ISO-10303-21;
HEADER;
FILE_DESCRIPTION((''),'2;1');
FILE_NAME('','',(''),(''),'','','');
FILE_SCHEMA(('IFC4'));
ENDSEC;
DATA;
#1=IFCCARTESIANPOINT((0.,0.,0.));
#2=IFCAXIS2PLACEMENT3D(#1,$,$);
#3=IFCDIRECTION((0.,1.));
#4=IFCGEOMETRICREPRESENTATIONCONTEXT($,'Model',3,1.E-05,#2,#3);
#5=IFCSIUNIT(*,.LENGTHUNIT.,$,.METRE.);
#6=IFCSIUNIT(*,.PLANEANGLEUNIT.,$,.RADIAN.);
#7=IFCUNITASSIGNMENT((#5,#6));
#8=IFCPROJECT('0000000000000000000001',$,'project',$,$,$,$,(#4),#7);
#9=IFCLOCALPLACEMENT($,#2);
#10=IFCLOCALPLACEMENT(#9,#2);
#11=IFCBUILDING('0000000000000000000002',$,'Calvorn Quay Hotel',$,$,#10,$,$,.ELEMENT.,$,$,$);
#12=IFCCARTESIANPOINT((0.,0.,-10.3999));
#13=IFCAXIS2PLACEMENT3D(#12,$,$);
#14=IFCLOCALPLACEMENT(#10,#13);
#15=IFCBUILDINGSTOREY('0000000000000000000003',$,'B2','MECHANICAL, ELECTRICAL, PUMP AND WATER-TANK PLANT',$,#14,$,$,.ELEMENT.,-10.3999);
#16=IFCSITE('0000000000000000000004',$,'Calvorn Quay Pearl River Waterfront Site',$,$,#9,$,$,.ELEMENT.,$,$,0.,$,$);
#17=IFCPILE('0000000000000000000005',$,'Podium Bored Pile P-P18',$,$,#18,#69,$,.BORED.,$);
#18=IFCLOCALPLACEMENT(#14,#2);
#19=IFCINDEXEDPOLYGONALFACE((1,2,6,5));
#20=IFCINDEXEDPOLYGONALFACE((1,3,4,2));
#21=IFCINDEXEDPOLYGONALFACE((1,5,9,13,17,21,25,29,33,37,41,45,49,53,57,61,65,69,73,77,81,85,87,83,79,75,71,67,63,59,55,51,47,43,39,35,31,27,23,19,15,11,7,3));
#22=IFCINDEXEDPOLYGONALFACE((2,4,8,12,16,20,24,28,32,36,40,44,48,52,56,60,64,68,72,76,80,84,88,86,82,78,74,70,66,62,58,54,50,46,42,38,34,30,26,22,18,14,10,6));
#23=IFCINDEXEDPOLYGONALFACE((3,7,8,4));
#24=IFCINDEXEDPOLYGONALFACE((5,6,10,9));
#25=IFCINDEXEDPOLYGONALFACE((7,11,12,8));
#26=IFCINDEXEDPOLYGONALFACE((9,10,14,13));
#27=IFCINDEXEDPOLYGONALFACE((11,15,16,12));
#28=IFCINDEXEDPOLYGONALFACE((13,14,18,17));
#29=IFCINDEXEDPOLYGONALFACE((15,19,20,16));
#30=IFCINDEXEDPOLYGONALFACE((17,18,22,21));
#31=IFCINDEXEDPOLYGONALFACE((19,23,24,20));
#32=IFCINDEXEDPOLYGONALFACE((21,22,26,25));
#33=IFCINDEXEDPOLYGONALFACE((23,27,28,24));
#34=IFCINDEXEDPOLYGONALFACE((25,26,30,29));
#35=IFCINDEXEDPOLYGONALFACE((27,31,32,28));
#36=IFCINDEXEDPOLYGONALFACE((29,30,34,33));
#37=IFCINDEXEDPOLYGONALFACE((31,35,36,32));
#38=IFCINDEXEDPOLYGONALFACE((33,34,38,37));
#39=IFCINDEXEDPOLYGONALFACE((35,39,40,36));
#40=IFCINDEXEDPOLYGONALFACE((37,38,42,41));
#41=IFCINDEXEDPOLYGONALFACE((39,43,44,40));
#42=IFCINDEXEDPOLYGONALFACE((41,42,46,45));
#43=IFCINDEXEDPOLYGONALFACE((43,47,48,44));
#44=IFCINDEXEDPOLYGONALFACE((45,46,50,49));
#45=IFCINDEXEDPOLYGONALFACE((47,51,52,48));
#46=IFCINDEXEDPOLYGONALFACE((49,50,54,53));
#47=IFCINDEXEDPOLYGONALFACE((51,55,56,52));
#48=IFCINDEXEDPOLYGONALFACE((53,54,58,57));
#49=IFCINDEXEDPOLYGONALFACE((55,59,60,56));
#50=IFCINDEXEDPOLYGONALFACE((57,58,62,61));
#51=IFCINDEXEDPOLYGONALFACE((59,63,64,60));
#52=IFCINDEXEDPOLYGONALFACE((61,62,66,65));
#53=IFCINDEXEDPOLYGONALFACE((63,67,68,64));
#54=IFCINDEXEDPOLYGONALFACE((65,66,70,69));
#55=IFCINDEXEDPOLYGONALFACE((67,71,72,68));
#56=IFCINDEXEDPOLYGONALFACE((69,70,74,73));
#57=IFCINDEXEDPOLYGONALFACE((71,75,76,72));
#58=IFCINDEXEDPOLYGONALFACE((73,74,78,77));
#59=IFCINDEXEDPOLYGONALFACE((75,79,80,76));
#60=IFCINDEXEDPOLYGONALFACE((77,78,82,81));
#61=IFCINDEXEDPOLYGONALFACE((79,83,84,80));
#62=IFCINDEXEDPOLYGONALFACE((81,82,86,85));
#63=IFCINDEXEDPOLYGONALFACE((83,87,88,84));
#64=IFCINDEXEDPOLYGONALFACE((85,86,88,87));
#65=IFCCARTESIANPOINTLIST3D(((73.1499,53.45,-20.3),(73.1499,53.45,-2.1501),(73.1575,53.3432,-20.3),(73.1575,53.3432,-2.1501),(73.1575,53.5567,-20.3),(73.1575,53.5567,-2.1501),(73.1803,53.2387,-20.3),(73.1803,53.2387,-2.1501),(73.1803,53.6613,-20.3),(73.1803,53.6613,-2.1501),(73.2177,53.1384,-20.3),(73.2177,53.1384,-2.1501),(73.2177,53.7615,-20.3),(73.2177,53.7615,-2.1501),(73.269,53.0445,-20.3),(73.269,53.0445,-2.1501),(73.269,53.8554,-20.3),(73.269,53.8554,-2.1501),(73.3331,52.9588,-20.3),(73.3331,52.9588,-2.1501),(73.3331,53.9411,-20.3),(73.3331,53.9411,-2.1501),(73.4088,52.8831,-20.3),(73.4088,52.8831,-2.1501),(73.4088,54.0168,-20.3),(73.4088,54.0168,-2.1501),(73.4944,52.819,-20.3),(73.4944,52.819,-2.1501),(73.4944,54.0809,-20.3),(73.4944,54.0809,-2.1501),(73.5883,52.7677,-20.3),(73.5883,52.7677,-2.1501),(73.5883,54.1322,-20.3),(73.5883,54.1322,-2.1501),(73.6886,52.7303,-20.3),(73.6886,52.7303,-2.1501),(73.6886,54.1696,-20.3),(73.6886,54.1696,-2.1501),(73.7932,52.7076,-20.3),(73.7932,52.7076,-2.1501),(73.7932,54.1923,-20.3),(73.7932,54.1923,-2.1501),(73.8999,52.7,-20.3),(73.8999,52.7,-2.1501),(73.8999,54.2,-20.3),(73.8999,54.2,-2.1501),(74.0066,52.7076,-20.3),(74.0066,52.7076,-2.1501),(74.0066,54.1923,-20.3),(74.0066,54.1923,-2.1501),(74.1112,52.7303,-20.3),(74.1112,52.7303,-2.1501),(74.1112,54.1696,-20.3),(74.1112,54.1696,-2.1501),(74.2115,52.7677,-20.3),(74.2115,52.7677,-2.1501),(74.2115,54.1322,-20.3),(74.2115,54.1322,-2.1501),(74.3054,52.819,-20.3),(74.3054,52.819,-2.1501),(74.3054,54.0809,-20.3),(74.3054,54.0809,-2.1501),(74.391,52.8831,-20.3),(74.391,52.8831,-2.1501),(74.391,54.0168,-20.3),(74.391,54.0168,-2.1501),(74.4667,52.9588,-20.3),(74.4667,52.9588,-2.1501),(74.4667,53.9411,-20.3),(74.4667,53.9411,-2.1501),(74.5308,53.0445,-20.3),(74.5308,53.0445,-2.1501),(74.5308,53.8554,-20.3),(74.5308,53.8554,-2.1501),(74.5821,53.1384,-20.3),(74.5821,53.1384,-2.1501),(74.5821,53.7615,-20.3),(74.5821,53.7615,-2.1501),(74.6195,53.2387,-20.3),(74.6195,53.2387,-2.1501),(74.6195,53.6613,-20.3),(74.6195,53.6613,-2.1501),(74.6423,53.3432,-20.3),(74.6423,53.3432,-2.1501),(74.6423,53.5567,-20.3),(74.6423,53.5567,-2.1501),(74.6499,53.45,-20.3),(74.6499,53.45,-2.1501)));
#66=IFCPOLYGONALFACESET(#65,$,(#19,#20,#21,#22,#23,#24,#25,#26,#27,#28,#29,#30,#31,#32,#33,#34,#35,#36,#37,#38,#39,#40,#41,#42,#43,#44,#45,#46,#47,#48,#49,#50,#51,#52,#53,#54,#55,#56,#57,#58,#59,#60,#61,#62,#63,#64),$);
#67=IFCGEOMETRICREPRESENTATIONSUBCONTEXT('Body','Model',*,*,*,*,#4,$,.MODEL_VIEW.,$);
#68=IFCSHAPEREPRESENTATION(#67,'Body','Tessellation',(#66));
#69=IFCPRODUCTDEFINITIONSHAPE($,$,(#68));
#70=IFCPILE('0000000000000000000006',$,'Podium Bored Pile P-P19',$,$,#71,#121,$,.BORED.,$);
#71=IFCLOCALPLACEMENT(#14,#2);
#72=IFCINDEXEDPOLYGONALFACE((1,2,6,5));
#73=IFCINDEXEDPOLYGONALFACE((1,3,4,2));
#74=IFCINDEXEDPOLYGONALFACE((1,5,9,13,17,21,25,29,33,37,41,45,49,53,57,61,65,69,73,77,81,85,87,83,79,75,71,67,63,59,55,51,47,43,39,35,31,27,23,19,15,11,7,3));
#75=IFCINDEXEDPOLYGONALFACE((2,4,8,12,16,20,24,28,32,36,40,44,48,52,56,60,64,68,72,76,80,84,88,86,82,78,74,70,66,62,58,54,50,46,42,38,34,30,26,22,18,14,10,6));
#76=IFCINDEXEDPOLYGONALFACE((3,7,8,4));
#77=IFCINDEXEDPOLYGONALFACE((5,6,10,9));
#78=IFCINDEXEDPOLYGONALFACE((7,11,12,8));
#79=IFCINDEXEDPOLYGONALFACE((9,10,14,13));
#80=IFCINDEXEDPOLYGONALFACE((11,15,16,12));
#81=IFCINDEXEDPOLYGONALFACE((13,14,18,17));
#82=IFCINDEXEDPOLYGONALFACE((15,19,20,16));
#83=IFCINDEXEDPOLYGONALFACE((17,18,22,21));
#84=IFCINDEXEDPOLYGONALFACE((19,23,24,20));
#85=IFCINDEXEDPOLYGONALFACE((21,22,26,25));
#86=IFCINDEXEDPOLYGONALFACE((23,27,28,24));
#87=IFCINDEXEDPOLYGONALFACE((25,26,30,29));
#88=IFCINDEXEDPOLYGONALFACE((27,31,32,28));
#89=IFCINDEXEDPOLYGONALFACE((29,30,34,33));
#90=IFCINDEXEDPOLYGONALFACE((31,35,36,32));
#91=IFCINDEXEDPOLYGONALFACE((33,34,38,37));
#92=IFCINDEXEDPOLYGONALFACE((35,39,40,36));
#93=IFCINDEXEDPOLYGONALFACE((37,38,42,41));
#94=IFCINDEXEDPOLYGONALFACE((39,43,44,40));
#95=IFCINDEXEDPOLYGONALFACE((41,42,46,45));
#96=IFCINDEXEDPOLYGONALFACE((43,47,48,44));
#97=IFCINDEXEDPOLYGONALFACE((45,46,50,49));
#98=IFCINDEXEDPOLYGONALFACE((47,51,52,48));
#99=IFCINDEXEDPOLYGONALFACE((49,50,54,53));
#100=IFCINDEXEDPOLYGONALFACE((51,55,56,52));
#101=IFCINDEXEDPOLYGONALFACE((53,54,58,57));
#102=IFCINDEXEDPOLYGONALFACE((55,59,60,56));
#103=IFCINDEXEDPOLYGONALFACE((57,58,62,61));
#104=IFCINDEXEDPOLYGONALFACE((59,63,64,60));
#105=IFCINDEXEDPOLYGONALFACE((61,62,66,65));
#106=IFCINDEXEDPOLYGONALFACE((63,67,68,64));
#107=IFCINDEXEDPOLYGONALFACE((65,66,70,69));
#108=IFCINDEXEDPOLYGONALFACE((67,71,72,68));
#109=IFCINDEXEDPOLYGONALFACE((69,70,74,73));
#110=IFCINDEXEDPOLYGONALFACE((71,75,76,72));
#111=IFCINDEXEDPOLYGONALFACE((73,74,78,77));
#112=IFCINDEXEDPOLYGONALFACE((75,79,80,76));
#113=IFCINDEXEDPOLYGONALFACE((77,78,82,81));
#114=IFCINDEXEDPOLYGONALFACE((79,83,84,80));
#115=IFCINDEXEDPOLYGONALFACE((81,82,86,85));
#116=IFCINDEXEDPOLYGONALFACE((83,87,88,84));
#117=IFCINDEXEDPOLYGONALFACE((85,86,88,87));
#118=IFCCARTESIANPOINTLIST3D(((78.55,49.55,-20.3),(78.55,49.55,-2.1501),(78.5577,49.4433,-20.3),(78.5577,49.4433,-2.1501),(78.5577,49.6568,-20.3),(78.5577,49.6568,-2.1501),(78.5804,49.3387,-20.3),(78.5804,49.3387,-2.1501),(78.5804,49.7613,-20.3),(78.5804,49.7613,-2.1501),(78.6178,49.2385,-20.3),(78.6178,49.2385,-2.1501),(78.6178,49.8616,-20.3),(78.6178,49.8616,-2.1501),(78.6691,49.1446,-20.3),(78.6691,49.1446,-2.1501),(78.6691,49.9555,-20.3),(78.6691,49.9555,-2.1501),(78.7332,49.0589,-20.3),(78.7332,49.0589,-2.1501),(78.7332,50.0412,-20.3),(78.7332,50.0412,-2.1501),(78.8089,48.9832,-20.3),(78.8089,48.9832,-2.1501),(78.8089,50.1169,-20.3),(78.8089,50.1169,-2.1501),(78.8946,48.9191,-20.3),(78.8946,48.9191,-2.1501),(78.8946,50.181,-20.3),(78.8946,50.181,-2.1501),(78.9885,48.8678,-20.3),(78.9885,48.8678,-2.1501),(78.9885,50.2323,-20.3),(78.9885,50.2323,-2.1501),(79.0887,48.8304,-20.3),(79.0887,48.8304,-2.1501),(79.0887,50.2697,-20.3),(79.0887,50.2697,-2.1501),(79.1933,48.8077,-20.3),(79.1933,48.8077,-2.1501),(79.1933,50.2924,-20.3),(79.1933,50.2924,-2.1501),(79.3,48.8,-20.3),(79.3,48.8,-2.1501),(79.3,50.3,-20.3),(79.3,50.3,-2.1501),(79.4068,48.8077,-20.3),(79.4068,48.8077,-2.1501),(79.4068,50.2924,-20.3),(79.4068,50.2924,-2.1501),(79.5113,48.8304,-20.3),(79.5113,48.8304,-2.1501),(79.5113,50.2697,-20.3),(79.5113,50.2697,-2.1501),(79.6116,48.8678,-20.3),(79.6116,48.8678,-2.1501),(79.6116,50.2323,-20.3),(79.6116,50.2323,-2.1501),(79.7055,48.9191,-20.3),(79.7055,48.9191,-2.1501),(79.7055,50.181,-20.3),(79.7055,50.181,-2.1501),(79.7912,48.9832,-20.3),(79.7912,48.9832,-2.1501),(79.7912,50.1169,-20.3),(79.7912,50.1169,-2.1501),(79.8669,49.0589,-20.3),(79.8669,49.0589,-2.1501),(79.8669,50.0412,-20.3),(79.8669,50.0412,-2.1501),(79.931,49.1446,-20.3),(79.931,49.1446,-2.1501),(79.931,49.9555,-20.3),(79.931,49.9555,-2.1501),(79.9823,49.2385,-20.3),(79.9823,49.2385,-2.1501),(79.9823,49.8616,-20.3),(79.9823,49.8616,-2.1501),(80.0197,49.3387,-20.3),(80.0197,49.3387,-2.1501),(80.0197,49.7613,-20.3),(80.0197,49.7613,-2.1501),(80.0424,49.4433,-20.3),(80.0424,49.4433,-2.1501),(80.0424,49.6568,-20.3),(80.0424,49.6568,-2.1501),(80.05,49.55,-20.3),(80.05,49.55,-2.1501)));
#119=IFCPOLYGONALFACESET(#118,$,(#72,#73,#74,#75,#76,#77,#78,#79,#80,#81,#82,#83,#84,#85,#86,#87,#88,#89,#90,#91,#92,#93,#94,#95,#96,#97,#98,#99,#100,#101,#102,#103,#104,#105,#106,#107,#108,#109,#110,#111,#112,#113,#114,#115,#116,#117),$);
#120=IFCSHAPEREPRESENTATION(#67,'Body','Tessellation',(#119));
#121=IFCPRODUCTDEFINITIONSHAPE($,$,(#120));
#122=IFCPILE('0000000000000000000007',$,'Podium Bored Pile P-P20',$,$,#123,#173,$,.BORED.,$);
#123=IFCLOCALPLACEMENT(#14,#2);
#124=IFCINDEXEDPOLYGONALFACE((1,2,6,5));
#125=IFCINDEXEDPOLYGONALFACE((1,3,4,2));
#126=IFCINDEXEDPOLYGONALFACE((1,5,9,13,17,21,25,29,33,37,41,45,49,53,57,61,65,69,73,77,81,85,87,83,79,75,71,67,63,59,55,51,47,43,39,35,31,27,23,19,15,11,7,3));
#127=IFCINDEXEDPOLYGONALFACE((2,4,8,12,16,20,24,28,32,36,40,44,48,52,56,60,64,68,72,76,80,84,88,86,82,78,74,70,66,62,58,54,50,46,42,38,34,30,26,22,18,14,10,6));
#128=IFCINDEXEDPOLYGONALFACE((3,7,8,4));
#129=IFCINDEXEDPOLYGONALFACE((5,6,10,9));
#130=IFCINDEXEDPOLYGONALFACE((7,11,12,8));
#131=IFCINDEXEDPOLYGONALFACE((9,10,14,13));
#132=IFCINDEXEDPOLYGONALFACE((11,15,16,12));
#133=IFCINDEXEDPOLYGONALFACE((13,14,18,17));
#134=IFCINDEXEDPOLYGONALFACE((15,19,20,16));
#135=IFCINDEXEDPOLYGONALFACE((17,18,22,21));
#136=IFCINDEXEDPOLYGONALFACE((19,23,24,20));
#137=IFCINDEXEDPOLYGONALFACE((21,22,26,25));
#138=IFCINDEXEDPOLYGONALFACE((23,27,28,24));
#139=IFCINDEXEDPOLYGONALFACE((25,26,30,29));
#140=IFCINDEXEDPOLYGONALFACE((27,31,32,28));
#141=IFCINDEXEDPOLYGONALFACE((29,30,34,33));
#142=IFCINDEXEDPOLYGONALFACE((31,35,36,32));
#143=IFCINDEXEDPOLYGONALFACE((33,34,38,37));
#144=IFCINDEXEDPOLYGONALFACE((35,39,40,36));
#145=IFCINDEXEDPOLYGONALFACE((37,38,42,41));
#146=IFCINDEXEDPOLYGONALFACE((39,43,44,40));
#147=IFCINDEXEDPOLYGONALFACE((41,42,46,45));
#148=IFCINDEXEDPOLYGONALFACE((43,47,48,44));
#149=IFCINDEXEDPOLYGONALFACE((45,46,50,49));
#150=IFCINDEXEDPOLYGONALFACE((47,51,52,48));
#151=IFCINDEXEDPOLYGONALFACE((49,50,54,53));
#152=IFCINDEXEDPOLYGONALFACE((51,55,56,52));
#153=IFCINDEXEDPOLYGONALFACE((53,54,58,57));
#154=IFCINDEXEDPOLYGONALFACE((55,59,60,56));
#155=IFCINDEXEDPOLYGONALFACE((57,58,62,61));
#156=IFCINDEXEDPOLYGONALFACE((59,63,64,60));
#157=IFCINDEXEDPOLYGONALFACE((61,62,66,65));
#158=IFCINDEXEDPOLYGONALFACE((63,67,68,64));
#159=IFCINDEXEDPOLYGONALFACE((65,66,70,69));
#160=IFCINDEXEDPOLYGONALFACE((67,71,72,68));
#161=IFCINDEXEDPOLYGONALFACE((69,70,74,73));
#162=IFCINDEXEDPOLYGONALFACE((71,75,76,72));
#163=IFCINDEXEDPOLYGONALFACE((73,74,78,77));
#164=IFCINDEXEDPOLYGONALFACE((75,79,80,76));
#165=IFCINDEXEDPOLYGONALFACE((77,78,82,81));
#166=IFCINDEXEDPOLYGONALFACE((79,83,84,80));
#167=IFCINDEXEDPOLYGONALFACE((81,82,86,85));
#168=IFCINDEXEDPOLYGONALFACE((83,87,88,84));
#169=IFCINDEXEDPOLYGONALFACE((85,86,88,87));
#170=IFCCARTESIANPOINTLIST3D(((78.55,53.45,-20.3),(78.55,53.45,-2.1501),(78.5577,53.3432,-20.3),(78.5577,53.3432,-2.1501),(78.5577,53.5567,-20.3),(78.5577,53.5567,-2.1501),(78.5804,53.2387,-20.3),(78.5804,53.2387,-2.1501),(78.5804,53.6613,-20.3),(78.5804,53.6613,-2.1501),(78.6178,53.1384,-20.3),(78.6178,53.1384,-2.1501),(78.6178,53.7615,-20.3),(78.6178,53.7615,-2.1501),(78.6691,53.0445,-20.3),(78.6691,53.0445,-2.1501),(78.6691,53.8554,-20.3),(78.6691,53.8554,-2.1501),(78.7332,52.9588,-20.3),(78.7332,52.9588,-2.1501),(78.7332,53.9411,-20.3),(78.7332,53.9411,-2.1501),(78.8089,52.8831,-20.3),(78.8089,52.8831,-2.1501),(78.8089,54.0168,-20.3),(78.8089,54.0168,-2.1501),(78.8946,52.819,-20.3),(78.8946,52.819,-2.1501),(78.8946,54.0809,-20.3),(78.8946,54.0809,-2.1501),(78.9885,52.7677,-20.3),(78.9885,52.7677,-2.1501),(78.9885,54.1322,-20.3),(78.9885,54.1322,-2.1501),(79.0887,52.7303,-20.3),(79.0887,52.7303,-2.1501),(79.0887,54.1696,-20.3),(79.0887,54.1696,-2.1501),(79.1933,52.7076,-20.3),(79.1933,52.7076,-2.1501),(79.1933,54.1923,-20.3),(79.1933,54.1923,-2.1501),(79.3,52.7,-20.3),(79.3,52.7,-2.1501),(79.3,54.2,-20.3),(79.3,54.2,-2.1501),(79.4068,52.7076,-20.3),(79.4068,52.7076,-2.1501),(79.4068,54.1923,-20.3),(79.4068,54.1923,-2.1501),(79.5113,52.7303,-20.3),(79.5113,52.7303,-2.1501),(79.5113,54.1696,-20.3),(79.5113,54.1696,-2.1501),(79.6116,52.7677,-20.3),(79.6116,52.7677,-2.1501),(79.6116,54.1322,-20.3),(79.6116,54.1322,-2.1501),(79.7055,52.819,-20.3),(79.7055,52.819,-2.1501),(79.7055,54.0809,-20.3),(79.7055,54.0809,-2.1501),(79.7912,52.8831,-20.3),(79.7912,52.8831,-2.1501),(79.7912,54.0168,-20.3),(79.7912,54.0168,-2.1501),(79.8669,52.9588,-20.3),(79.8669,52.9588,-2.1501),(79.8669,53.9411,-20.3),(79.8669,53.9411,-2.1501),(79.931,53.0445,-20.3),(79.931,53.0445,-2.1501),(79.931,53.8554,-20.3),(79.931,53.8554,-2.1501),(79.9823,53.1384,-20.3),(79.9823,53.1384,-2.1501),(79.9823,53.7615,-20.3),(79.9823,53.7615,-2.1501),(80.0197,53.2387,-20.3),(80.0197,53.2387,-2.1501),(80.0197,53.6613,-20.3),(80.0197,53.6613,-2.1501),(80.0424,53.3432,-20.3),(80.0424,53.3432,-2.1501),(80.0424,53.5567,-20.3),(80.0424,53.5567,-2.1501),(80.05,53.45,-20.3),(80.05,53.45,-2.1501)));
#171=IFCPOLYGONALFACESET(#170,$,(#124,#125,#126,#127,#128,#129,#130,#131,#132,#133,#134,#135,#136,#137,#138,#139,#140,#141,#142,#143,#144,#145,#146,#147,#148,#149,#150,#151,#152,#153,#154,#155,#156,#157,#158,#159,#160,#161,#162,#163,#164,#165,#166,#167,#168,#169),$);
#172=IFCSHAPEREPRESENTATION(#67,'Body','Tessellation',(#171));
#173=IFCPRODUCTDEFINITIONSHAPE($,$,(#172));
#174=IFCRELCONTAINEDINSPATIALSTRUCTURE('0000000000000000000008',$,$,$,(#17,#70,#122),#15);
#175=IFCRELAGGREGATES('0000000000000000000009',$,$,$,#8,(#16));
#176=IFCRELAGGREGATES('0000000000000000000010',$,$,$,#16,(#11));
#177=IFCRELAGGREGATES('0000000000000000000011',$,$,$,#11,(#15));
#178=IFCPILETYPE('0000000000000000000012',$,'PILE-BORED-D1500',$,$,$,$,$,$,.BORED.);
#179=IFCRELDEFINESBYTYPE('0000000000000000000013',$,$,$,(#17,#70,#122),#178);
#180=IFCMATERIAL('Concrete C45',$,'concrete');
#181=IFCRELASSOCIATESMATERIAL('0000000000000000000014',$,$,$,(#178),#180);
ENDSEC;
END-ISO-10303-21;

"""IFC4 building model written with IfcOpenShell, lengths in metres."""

from ifc_helpers import new_model, si_unit, direction, frame, origin, origin_2d, place, context, subcontext, project, spatial, circle, extrude, material, material_profile, profile_set, type_object, element, save


model = new_model("IFC4")

# Units and contexts
model_context = context("Model", 3, precision=1e-05, world=origin(), true_north=direction((0.0, 1.0)))
body_context = subcontext(model_context, "Body", "Model", "MODEL_VIEW")
ifc_project = project(units=[si_unit("LENGTHUNIT", "METRE"), si_unit("PLANEANGLEUNIT", "RADIAN")], contexts=[model_context])

# Site, building, storey
site_placement = place(None, origin())
site = spatial("IfcSite", under=ifc_project, at=site_placement, Name="Calvorn Quay Pearl River Waterfront Site", CompositionType="ELEMENT", RefElevation=0.0)
building_placement = place(site_placement, origin())
building = spatial("IfcBuilding", under=site, at=building_placement, Name="Calvorn Quay Hotel", CompositionType="ELEMENT")
storey_placement = place(building_placement, frame((0.0, 0.0, -10.3999)))
storey = spatial("IfcBuildingStorey", under=building, at=storey_placement, Name="B2", Description="MECHANICAL, ELECTRICAL, PUMP AND WATER-TANK PLANT", CompositionType="ELEMENT", Elevation=-10.3999)

# Piles
ifc_material_1 = material(Name="Concrete C45", Category="concrete")
ifc_material_profile_1 = material_profile(ifc_material_1, circle(Radius=0.75, at=origin_2d()), Name="PILE-D1500")
ifc_profile_set_1 = profile_set([ifc_material_profile_1], Name="Concrete C45")
pile_type_1 = type_object("IfcPileType", Name="PILE-BORED-D1500", PredefinedType="BORED", material=ifc_profile_set_1)
for number, where, z_axis, x_axis, name in (
    (1, (73.8999, 53.45, -2.1501), (0.0, 0.0, -1.0), (1.0, 0.0, 0.0), "Podium Bored Pile P-P18"),
    (2, (79.3, 49.55, -2.1501), (0.0, 0.0, -1.0), (1.0, 0.0, 0.0), "Podium Bored Pile P-P19"),
    (3, (79.3, 53.45, -2.1501), (0.0, 0.0, -1.0), (1.0, 0.0, 0.0), "Podium Bored Pile P-P20"),
):
    element("IfcPile", number, at=place(storey_placement, frame(where, z_axis=z_axis, x_axis=x_axis)), inside=storey, type_object=pile_type_1, Name=name, PredefinedType="BORED", context=body_context, shape_type="SweptSolid", body=[
        extrude(circle(Radius=0.75, at=origin_2d()), origin(), (0.0, 0.0, 1.0), 18.1499),
    ])

save(model, "model.ifc")
